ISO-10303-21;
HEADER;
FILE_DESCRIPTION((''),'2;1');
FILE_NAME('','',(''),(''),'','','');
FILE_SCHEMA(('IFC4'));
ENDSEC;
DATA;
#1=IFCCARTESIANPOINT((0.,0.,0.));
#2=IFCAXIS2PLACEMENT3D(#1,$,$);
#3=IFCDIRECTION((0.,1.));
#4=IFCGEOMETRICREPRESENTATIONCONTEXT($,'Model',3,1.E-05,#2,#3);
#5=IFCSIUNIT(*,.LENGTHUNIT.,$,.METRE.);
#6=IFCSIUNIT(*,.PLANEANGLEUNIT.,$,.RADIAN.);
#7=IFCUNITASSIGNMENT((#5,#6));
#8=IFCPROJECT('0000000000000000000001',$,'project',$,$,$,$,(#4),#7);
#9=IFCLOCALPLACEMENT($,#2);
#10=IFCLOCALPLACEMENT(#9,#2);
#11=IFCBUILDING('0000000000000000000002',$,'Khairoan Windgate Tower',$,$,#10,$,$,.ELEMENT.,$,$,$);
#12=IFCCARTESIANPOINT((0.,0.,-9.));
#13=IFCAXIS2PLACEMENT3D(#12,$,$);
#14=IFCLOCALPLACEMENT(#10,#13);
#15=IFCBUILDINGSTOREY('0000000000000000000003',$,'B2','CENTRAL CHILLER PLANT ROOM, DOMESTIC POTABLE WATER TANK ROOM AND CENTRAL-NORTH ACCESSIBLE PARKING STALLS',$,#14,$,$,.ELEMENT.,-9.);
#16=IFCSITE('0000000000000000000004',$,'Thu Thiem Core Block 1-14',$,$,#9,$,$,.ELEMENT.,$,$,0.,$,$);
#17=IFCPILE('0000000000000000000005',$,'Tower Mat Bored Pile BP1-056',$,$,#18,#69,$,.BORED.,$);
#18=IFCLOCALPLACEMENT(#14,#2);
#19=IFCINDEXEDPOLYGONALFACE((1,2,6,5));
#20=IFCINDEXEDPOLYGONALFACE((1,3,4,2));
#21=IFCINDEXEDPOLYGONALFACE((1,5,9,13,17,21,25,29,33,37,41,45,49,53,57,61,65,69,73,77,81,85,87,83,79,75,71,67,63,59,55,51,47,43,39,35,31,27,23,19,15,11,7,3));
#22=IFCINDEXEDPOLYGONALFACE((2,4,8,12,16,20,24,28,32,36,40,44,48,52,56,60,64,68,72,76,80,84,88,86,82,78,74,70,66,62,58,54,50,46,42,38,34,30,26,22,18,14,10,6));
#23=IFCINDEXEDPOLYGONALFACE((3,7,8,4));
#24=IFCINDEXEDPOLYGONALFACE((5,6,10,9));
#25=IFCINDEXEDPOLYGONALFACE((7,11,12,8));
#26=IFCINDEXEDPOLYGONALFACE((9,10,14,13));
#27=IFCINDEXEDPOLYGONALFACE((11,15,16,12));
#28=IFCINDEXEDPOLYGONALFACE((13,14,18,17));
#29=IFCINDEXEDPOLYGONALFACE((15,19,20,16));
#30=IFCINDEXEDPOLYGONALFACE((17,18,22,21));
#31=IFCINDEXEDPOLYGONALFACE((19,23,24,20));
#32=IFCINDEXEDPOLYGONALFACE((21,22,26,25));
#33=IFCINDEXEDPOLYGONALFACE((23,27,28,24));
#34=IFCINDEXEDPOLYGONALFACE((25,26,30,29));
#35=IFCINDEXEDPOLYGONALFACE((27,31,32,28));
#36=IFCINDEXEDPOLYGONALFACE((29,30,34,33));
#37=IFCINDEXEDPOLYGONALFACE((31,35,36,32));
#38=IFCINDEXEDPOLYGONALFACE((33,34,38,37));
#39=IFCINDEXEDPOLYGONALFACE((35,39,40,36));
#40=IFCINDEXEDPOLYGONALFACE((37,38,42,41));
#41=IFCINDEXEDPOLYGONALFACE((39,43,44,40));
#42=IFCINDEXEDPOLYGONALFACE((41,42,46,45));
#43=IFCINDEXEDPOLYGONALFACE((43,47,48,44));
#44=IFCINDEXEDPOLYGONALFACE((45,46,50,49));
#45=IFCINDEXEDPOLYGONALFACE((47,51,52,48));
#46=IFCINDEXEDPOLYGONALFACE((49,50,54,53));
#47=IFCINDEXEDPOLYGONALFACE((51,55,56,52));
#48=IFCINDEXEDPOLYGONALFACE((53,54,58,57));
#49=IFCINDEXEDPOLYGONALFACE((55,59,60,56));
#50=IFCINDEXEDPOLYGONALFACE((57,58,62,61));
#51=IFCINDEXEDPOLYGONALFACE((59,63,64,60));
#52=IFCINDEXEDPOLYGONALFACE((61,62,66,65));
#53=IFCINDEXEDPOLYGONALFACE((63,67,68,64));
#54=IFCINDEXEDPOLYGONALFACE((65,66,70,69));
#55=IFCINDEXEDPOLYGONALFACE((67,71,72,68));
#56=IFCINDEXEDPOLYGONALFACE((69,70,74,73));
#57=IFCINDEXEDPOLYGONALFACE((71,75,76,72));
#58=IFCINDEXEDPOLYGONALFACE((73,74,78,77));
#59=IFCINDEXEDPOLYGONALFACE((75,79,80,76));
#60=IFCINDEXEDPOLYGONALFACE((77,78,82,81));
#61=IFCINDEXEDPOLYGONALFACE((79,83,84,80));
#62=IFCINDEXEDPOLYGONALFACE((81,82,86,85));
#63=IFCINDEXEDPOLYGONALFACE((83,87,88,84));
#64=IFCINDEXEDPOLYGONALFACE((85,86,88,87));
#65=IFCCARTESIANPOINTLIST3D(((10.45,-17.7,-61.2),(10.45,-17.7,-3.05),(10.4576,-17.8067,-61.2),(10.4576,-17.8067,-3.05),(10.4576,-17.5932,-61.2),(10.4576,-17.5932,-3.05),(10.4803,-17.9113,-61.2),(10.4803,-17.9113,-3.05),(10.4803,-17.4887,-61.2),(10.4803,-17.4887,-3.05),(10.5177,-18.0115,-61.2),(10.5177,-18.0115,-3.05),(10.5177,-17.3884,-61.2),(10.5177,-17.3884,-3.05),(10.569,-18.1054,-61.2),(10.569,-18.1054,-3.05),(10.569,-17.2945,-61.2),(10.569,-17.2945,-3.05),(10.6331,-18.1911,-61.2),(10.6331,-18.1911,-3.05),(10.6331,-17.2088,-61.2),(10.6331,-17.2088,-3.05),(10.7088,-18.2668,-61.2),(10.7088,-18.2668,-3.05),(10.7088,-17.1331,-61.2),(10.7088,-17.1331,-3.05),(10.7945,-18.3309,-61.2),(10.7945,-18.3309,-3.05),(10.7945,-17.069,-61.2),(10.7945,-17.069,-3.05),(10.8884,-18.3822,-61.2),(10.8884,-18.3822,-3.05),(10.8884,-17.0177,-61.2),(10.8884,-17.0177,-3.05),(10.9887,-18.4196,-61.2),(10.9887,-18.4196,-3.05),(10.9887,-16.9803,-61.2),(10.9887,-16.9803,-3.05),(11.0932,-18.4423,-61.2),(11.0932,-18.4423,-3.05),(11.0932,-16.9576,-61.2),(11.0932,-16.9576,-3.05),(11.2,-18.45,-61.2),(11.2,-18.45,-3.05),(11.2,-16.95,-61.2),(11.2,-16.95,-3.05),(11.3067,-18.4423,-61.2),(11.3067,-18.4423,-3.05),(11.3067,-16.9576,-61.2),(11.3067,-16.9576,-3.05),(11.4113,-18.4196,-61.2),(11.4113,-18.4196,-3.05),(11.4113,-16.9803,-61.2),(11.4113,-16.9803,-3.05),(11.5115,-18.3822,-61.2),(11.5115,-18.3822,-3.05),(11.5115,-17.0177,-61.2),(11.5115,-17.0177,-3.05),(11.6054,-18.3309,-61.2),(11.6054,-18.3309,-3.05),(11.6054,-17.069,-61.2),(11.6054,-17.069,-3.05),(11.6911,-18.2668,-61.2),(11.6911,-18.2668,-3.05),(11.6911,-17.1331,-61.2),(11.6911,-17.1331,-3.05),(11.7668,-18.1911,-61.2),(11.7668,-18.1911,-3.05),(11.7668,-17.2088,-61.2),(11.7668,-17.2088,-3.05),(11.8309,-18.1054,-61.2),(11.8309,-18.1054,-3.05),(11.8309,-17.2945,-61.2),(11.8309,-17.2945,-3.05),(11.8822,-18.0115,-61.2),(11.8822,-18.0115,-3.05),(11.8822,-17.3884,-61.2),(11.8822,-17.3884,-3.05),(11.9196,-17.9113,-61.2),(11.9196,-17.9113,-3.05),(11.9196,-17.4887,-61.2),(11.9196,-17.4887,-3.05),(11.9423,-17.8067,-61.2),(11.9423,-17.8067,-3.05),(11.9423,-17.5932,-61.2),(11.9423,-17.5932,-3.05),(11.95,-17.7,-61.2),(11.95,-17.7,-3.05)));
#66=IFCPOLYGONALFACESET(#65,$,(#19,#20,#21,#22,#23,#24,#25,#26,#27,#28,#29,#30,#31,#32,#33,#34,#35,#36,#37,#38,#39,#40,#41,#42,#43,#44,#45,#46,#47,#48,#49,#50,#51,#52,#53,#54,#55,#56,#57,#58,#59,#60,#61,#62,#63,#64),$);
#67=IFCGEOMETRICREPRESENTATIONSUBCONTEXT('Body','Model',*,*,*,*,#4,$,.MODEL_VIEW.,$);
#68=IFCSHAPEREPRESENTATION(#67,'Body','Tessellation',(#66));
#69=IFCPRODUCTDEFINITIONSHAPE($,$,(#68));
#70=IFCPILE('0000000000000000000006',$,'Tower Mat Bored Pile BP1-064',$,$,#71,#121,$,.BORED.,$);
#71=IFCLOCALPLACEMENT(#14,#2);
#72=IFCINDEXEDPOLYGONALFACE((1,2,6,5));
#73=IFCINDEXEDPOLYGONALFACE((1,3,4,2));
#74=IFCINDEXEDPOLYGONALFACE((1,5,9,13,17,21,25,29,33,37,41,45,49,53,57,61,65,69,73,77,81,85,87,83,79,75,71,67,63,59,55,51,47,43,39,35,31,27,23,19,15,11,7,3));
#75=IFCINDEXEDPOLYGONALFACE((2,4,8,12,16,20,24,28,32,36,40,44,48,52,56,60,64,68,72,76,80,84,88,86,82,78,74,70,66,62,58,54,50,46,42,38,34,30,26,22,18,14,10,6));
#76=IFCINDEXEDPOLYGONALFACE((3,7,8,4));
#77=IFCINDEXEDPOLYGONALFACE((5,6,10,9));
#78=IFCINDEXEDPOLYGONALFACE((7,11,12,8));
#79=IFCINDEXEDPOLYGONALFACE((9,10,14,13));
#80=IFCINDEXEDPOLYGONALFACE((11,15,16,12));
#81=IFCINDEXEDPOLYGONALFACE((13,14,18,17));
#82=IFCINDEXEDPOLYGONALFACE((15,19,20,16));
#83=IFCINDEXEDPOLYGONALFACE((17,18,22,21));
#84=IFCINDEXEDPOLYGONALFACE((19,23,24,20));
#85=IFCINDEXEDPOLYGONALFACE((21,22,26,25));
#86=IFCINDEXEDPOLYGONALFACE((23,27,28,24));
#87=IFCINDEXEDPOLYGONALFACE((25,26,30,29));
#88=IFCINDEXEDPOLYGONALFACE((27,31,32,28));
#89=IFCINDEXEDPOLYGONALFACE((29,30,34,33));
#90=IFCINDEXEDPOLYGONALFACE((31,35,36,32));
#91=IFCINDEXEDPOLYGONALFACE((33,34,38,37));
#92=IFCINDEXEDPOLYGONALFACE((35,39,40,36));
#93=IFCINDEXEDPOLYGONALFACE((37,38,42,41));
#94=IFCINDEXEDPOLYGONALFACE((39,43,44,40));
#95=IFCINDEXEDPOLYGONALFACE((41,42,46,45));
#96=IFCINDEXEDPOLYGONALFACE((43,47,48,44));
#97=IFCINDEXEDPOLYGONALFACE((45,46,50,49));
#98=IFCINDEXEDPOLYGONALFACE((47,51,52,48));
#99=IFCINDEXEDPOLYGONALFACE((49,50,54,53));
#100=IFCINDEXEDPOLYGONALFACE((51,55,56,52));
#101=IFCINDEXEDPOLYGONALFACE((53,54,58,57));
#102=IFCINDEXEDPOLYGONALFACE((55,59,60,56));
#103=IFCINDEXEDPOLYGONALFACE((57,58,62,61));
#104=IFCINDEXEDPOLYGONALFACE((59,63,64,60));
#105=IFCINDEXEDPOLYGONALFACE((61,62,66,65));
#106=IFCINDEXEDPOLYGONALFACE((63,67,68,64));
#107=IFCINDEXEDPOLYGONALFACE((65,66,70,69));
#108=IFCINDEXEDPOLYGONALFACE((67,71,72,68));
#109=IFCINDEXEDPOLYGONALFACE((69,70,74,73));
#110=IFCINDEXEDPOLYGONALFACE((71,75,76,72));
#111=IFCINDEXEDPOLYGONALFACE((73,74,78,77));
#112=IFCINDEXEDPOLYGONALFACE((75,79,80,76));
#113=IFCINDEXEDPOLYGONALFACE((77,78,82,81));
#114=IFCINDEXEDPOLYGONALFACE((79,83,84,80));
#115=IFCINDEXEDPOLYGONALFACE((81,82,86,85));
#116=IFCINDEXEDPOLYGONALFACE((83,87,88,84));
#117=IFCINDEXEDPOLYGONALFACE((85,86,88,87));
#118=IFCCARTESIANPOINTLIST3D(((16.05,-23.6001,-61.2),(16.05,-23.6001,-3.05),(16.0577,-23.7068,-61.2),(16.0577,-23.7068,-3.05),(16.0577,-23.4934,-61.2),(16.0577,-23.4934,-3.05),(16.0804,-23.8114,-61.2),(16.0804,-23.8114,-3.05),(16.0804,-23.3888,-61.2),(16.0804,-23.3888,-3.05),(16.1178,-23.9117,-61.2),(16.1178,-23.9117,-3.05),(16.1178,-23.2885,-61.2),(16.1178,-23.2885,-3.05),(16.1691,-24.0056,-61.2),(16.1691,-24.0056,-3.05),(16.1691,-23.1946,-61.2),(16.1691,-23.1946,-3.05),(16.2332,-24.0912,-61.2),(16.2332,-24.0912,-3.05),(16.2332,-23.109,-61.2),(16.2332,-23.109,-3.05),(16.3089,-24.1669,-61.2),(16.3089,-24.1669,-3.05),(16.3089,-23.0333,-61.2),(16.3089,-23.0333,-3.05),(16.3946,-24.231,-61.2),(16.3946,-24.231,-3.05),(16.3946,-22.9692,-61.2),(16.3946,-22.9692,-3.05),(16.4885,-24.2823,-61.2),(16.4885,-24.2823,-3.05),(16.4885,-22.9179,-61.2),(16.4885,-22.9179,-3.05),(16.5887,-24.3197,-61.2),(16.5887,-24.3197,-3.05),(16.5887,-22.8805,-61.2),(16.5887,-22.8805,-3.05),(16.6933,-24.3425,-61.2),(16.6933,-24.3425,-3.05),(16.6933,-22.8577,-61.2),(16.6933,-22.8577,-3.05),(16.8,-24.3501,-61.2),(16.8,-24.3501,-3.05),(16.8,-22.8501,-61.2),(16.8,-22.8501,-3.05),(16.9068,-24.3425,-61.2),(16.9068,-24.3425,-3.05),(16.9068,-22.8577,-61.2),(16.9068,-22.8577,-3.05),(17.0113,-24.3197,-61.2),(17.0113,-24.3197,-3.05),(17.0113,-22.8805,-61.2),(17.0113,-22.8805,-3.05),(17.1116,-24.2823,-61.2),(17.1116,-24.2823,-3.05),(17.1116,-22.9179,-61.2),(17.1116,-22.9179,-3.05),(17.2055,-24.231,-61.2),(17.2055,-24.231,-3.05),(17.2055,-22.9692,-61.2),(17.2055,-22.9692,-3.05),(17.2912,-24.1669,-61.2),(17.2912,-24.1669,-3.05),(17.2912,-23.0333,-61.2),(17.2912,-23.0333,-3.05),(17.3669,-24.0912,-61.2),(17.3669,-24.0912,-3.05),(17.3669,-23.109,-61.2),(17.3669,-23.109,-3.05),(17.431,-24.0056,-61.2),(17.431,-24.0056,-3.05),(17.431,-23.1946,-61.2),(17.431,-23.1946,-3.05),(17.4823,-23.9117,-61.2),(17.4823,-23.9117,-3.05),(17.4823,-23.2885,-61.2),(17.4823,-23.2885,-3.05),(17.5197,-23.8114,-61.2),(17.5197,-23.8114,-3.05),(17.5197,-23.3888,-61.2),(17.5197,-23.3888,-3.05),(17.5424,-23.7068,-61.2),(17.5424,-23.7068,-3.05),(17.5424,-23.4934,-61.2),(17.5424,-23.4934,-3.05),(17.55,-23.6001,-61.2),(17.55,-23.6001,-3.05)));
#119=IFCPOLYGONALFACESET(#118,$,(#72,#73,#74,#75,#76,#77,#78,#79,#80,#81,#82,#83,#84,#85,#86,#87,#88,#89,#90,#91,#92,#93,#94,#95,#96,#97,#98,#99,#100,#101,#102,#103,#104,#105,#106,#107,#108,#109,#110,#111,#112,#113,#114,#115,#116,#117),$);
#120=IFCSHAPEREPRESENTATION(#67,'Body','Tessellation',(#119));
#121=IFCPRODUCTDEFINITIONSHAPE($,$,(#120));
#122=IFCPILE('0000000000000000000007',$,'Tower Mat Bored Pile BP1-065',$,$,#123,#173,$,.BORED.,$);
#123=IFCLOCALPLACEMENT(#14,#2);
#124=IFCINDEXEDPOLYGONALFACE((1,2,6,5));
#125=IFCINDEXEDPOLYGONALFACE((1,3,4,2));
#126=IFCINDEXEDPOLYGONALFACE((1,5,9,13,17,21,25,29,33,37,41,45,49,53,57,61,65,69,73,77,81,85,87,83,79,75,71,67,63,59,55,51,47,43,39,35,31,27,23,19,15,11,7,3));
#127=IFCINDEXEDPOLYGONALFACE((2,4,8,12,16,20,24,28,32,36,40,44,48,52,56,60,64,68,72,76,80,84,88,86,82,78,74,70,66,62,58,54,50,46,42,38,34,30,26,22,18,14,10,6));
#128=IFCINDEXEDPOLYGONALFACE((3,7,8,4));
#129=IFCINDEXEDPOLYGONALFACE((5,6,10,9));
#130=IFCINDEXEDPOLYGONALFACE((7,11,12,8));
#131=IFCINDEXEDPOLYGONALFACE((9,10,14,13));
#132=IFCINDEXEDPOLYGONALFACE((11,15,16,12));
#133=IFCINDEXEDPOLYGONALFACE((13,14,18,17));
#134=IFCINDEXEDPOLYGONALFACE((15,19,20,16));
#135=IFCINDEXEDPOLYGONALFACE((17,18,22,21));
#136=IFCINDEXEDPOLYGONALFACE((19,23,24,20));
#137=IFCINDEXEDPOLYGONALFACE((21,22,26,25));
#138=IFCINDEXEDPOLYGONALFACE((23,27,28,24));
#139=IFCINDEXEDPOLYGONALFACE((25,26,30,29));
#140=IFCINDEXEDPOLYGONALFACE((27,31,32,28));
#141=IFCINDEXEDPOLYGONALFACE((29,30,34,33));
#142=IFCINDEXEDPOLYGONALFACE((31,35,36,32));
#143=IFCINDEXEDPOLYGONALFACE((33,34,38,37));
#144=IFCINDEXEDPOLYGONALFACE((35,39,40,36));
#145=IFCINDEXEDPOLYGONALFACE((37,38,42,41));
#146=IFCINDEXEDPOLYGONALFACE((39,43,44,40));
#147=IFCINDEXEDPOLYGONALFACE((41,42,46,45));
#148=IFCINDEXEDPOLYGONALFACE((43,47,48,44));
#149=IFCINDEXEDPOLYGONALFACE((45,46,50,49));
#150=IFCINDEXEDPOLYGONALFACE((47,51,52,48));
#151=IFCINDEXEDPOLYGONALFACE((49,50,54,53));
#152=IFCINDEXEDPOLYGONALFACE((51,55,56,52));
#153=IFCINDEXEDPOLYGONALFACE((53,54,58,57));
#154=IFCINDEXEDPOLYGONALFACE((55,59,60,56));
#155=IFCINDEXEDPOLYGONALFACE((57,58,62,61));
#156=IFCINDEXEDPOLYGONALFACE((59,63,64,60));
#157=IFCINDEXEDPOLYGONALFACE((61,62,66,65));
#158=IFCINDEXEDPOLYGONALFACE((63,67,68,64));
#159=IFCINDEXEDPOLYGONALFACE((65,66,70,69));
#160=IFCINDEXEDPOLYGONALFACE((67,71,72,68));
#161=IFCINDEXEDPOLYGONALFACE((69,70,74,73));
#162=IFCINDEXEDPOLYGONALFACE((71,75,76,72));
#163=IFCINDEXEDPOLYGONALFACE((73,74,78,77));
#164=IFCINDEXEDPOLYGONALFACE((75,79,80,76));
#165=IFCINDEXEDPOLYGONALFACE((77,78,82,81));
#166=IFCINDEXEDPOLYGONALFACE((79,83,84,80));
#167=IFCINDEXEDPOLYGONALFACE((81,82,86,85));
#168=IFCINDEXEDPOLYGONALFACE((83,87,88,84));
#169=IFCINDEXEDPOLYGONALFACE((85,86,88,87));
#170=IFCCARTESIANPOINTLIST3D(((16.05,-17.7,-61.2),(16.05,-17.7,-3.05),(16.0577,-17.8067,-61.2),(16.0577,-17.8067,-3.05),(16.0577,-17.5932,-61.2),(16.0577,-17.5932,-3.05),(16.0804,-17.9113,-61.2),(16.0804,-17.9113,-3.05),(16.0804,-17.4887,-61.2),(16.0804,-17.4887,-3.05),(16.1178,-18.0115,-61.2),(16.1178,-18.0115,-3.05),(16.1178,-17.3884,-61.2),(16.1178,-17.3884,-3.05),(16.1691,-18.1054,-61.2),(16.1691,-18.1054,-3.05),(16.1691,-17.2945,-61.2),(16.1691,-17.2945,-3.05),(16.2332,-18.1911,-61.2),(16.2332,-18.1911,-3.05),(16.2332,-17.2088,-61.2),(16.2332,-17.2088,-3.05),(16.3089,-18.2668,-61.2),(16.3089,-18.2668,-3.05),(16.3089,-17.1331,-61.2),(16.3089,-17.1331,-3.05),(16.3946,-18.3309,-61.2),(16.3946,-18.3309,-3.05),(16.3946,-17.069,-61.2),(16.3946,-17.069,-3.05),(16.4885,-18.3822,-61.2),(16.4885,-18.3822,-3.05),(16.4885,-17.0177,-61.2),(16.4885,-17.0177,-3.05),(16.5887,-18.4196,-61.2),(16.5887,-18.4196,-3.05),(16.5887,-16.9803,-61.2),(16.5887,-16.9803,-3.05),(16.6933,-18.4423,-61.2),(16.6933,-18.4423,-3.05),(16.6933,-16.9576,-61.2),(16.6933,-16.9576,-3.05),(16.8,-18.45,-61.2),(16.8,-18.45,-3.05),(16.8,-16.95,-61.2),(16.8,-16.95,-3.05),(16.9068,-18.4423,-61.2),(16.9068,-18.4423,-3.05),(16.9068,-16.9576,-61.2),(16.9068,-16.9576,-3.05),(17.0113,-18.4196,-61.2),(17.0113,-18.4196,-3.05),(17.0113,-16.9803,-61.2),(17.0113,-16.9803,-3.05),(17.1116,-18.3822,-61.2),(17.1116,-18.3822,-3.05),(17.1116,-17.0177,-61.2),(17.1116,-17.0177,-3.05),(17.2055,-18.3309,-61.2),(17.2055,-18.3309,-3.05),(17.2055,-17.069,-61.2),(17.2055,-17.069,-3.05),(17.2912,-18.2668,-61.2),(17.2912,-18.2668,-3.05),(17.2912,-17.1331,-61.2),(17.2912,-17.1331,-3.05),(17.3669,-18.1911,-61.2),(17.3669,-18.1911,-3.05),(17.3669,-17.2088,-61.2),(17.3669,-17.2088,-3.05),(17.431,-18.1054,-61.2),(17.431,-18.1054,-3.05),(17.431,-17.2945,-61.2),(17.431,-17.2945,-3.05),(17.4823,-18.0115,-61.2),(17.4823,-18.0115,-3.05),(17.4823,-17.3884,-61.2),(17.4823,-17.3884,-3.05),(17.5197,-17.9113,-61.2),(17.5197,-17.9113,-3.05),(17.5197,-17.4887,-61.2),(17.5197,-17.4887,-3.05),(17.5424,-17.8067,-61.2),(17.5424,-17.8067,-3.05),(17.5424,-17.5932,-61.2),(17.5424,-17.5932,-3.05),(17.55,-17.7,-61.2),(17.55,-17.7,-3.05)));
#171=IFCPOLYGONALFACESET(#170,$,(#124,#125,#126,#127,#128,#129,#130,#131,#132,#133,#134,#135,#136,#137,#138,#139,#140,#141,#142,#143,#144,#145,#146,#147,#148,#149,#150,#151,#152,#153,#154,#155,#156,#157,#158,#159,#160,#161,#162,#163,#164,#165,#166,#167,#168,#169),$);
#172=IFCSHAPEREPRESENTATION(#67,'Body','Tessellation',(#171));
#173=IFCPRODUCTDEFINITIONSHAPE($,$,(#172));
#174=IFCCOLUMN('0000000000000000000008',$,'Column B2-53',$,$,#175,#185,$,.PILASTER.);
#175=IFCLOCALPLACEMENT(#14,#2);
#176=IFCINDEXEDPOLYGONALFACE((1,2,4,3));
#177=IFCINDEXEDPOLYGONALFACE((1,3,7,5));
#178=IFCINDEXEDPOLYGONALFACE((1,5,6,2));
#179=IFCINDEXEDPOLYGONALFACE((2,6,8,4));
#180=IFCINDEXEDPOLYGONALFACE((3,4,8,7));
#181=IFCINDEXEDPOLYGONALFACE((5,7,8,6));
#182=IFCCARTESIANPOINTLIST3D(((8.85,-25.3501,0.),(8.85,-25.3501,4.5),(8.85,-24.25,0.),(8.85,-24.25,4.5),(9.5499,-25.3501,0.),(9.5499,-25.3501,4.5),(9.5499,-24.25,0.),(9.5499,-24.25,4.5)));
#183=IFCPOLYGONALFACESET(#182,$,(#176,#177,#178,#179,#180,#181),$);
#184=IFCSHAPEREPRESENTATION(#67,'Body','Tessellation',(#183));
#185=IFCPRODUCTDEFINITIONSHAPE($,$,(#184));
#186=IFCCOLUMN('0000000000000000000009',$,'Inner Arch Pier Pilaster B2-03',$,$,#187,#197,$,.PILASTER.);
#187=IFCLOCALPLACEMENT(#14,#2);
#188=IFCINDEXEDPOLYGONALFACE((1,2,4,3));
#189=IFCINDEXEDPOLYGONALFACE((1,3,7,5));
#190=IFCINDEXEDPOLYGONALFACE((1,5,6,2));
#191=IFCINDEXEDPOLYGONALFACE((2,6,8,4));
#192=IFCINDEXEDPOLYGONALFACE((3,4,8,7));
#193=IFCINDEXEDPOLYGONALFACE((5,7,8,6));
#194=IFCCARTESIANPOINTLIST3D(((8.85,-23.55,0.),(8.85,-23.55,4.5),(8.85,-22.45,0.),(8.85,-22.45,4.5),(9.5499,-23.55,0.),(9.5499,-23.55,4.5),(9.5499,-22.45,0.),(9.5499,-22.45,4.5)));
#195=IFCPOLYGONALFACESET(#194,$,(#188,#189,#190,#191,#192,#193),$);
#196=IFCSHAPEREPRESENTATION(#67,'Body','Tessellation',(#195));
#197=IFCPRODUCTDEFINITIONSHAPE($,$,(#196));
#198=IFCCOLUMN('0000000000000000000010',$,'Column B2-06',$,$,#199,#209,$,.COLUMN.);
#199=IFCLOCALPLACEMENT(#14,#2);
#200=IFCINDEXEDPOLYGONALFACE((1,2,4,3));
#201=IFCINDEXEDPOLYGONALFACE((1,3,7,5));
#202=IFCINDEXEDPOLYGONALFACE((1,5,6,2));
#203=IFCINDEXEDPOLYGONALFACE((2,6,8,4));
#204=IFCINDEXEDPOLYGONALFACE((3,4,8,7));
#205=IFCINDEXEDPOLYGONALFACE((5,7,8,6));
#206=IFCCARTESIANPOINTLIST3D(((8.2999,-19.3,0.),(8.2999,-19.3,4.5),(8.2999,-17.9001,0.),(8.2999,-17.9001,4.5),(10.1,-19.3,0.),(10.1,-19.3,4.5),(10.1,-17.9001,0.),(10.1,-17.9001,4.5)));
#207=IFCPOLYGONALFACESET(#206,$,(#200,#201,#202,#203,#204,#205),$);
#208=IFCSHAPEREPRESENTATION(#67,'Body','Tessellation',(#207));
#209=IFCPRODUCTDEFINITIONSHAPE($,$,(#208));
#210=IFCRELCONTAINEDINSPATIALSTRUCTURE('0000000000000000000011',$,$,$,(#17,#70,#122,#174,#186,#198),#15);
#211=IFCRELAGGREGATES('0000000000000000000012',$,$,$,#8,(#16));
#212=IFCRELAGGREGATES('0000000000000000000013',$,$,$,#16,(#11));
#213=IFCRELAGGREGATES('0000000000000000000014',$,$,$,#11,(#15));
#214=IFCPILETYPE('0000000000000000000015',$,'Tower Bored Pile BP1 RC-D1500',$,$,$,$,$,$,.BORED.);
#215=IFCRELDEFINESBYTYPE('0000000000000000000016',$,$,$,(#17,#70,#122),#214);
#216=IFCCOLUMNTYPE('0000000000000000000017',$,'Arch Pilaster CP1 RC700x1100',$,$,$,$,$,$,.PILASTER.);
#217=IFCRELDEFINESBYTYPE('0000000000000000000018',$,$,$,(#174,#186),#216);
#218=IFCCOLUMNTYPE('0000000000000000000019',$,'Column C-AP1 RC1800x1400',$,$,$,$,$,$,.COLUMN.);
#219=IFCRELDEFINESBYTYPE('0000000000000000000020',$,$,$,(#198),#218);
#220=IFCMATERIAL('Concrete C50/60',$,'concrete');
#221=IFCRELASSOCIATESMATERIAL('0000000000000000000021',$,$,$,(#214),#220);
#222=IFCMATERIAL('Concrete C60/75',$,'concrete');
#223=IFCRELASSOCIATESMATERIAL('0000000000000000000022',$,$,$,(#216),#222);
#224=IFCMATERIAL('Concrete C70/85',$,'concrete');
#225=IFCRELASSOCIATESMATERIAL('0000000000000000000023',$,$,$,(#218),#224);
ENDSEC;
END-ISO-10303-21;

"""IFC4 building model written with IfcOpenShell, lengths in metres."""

from ifc_helpers import new_model, si_unit, direction, frame, origin, origin_2d, place, context, subcontext, project, spatial, rectangle, circle, extrude, material, material_profile, profile_set, type_object, element, save


model = new_model("IFC4")

# Units and contexts
model_context = context("Model", 3, precision=1e-05, world=origin(), true_north=direction((0.0, 1.0)))
body_context = subcontext(model_context, "Body", "Model", "MODEL_VIEW")
ifc_project = project(units=[si_unit("LENGTHUNIT", "METRE"), si_unit("PLANEANGLEUNIT", "RADIAN")], contexts=[model_context])

# Site, building, storey
site_placement = place(None, origin())
site = spatial("IfcSite", under=ifc_project, at=site_placement, Name="Thu Thiem Core Block 1-14", CompositionType="ELEMENT", RefElevation=0.0)
building_placement = place(site_placement, origin())
building = spatial("IfcBuilding", under=site, at=building_placement, Name="Khairoan Windgate Tower", CompositionType="ELEMENT")
storey_placement = place(building_placement, frame((0.0, 0.0, -9.0)))
storey = spatial("IfcBuildingStorey", under=building, at=storey_placement, Name="B2", Description="CENTRAL CHILLER PLANT ROOM, DOMESTIC POTABLE WATER TANK ROOM AND CENTRAL-NORTH ACCESSIBLE PARKING STALLS", CompositionType="ELEMENT", Elevation=-9.0)

# Piles
ifc_material_1 = material(Name="Concrete C50/60", Category="concrete")
ifc_material_profile_1 = material_profile(ifc_material_1, circle(Radius=0.75, at=origin_2d()))
ifc_profile_set_1 = profile_set([ifc_material_profile_1], Name="Concrete C50/60")
pile_type = type_object("IfcPileType", Name="Tower Bored Pile BP1 RC-D1500", PredefinedType="BORED", material=ifc_profile_set_1)
for number, where, z_axis, x_axis, name in (
    (1, (11.2, -17.7, -3.05), (0.0, 0.0, -1.0), (1.0, 0.0, 0.0), "Tower Mat Bored Pile BP1-056"),
    (2, (16.8, -23.6001, -3.05), (0.0, 0.0, -1.0), (1.0, 0.0, 0.0), "Tower Mat Bored Pile BP1-064"),
    (3, (16.8, -17.7, -3.05), (0.0, 0.0, -1.0), (1.0, 0.0, 0.0), "Tower Mat Bored Pile BP1-065"),
):
    element("IfcPile", number, at=place(storey_placement, frame(where, z_axis=z_axis, x_axis=x_axis)), inside=storey, type_object=pile_type, Name=name, PredefinedType="BORED", context=body_context, shape_type="SweptSolid", body=[
        extrude(circle(Radius=0.75, at=origin_2d()), origin(), (0.0, 0.0, 1.0), 58.1499),
    ])

# Columns
ifc_material_2 = material(Name="Concrete C60/75", Category="concrete")
ifc_material_profile_2 = material_profile(ifc_material_2, rectangle(XDim=0.7, YDim=1.1001, at=origin_2d()))
ifc_profile_set_2 = profile_set([ifc_material_profile_2], Name="Concrete C60/75")
column_type_1 = type_object("IfcColumnType", Name="Arch Pilaster CP1 RC700x1100", PredefinedType="PILASTER", material=ifc_profile_set_2)
for number, where, z_axis, x_axis, name in (
    (4, (9.2, -24.8, 0.0), (0.0, 0.0, 1.0), (1.0, 0.0, 0.0), "Column B2-53"),
    (5, (9.2, -23.0, 0.0), (0.0, 0.0, 1.0), (1.0, 0.0, 0.0), "Inner Arch Pier Pilaster B2-03"),
):
    element("IfcColumn", number, at=place(storey_placement, frame(where, z_axis=z_axis, x_axis=x_axis)), inside=storey, type_object=column_type_1, Name=name, PredefinedType="PILASTER", context=body_context, shape_type="SweptSolid", body=[
        extrude(rectangle(XDim=0.7, YDim=1.1001, at=origin_2d()), origin(), (0.0, 0.0, 1.0), 4.5),
    ])
ifc_material_3 = material(Name="Concrete C70/85", Category="concrete")
ifc_material_profile_3 = material_profile(ifc_material_3, rectangle(XDim=1.8, YDim=1.3999, at=origin_2d()))
ifc_profile_set_3 = profile_set([ifc_material_profile_3], Name="Concrete C70/85")
column_type_2 = type_object("IfcColumnType", Name="Column C-AP1 RC1800x1400", PredefinedType="COLUMN", material=ifc_profile_set_3)
column_placement = place(storey_placement, frame((9.2, -18.6001, 0.0), z_axis=(0.0, 0.0, 1.0), x_axis=(1.0, 0.0, 0.0)))
element("IfcColumn", 6, at=column_placement, inside=storey, type_object=column_type_2, Name="Column B2-06", PredefinedType="COLUMN", context=body_context, shape_type="SweptSolid", body=[
    extrude(rectangle(XDim=1.8, YDim=1.3999, at=origin_2d()), origin(), (0.0, 0.0, 1.0), 4.5),
])

save(model, "model.ifc")
